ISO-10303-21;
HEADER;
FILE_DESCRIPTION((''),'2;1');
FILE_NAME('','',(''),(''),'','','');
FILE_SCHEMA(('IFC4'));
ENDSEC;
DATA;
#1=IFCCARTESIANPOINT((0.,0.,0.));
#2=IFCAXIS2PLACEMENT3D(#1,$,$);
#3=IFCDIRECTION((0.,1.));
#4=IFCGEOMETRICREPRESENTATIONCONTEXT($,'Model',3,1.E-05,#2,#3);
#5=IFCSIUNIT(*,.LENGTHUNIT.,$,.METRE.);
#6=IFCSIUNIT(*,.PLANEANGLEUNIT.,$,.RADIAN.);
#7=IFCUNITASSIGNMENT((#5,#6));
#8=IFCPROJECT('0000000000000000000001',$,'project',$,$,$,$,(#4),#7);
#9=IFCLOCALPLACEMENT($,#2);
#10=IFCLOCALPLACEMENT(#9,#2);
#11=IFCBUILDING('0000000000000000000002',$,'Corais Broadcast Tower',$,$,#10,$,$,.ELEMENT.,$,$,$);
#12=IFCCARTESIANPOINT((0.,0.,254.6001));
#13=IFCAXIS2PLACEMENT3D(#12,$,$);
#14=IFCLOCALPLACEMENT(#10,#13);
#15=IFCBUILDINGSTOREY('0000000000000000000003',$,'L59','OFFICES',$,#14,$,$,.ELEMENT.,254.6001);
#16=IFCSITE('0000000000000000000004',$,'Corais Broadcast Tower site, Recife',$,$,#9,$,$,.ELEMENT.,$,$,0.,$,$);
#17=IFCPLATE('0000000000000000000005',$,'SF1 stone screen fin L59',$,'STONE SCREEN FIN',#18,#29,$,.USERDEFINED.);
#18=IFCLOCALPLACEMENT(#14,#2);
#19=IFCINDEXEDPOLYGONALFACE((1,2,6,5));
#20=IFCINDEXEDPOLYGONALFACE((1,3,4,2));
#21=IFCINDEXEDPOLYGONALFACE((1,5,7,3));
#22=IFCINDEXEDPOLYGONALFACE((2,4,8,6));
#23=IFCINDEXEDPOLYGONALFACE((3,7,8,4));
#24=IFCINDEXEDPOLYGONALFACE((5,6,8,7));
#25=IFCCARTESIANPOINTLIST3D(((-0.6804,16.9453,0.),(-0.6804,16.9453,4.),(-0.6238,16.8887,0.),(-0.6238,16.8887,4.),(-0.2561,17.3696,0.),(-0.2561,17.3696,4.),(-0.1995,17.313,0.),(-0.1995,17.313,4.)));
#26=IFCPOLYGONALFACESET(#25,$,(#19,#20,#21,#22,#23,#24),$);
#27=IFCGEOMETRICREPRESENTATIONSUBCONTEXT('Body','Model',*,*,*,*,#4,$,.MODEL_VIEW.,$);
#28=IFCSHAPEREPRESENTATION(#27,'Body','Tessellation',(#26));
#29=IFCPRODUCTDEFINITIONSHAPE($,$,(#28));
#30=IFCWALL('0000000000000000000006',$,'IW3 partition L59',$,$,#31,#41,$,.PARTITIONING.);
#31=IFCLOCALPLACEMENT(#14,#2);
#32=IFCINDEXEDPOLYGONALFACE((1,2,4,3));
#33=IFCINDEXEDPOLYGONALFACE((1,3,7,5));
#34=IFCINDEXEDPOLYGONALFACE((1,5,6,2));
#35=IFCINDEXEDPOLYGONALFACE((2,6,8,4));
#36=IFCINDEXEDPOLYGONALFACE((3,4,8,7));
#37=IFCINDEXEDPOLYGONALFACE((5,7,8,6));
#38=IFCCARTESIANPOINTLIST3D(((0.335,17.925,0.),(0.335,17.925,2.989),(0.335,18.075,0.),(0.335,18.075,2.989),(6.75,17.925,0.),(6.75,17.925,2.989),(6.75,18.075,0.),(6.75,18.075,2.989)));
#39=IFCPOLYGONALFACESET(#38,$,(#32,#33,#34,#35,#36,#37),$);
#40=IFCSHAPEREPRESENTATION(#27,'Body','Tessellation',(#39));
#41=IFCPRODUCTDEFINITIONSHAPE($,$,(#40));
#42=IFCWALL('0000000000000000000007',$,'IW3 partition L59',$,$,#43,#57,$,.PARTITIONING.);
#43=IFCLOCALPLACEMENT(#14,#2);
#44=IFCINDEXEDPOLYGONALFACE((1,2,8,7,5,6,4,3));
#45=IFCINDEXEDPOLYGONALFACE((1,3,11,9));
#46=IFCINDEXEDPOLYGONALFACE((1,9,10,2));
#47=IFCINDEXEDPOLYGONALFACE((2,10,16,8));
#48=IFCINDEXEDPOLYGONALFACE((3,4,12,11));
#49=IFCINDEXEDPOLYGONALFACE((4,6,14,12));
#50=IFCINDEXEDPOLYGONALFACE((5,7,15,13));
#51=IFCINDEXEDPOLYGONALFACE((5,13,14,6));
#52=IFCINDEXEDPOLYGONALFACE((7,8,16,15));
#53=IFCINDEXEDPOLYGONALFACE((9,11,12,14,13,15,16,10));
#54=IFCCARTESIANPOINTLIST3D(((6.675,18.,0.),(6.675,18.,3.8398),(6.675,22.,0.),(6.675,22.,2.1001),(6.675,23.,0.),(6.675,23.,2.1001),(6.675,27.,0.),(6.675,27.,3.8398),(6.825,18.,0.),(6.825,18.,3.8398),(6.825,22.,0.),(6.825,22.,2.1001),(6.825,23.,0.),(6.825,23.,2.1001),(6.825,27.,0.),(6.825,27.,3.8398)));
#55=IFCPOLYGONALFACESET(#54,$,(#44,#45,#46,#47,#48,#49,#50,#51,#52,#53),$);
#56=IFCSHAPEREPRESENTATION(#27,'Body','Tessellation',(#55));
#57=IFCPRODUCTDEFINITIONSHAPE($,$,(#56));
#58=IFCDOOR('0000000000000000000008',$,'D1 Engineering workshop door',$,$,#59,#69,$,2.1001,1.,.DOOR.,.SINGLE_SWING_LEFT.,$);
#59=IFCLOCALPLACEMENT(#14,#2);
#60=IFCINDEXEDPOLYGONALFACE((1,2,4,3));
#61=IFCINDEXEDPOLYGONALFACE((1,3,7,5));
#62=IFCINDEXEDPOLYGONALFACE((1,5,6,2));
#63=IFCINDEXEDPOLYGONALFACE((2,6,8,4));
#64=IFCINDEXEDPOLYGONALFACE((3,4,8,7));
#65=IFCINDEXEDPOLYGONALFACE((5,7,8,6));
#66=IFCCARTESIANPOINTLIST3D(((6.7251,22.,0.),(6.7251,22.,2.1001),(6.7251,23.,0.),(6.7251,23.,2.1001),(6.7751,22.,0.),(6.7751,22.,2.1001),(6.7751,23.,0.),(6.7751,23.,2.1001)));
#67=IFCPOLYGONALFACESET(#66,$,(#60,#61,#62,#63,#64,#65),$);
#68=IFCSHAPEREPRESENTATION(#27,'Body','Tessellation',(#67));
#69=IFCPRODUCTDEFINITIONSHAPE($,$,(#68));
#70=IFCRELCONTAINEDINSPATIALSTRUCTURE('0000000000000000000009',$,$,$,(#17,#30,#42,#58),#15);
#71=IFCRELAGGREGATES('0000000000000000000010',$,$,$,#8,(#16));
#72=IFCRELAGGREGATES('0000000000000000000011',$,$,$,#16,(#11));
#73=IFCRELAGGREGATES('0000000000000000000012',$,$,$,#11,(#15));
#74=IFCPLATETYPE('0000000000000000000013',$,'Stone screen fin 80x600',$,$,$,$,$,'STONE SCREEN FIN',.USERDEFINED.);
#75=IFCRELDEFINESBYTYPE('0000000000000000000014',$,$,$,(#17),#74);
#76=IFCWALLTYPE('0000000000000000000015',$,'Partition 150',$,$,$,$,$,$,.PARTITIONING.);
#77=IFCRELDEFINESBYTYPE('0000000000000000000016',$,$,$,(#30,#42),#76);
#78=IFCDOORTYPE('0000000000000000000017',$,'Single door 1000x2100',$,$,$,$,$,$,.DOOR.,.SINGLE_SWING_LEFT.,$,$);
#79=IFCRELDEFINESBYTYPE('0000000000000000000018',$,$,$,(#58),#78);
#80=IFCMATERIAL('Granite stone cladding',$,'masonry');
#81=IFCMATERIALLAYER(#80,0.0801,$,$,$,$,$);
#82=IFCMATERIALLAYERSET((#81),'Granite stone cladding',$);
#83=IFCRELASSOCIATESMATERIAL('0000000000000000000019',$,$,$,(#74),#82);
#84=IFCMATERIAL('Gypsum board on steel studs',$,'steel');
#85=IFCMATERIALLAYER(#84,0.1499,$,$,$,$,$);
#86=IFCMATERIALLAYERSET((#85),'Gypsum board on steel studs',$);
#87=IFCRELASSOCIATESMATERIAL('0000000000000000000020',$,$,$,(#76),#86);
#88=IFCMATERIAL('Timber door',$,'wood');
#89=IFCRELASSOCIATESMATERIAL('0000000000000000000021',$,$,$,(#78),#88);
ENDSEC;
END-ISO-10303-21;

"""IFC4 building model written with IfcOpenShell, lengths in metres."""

from ifc_helpers import new_model, si_unit, direction, frame, frame_2d, origin, origin_2d, place, context, subcontext, project, spatial, rectangle, extrude, material, layer, layer_set, type_object, element, fill, save


model = new_model("IFC4")

# Units and contexts
model_context = context("Model", 3, precision=1e-05, world=origin(), true_north=direction((0.0, 1.0)))
body_context = subcontext(model_context, "Body", "Model", "MODEL_VIEW")
ifc_project = project(units=[si_unit("LENGTHUNIT", "METRE"), si_unit("PLANEANGLEUNIT", "RADIAN")], contexts=[model_context])

# Site, building, storey
site_placement = place(None, origin())
site = spatial("IfcSite", under=ifc_project, at=site_placement, Name="Corais Broadcast Tower site, Recife", CompositionType="ELEMENT", RefElevation=0.0)
building_placement = place(site_placement, origin())
building = spatial("IfcBuilding", under=site, at=building_placement, Name="Corais Broadcast Tower", CompositionType="ELEMENT")
storey_placement = place(building_placement, frame((0.0, 0.0, 254.6001)))
storey = spatial("IfcBuildingStorey", under=building, at=storey_placement, Name="L59", Description="OFFICES", CompositionType="ELEMENT", Elevation=254.6001)

# Plate
ifc_material_1 = material(Name="Granite stone cladding", Category="masonry")
ifc_layer_1 = layer(ifc_material_1, 0.0801)
ifc_layer_set_1 = layer_set([ifc_layer_1], Name="Granite stone cladding")
plate_type_1 = type_object("IfcPlateType", Name="Stone screen fin 80x600", ElementType="STONE SCREEN FIN", PredefinedType="USERDEFINED", material=ifc_layer_set_1)
plate_1_placement = place(storey_placement, frame((-0.4399, 17.1292, 0.0), z_axis=(0.0, 0.0, 1.0), x_axis=(-0.707107, 0.707107, 0.0)))
element("IfcPlate", 1, at=plate_1_placement, inside=storey, type_object=plate_type_1, Name="SF1 stone screen fin L59", ObjectType="STONE SCREEN FIN", PredefinedType="USERDEFINED", context=body_context, shape_type="SweptSolid", body=[
    extrude(rectangle(XDim=0.0801, YDim=0.6001, at=origin_2d()), origin(), (0.0, 0.0, 1.0), 4.0),
])

# Wall
ifc_material_2 = material(Name="Gypsum board on steel studs", Category="steel")
ifc_layer_2 = layer(ifc_material_2, 0.1499)
ifc_layer_set_2 = layer_set([ifc_layer_2], Name="Gypsum board on steel studs")
wall_type = type_object("IfcWallType", Name="Partition 150", PredefinedType="PARTITIONING", material=ifc_layer_set_2)
wall_1_placement = place(storey_placement, frame((0.335, 18.0, 0.0), z_axis=(0.0, 0.0, 1.0), x_axis=(1.0, 0.0, 0.0)))
element("IfcWall", 2, at=wall_1_placement, inside=storey, type_object=wall_type, Name="IW3 partition L59", PredefinedType="PARTITIONING", context=body_context, shape_type="SweptSolid", body=[
    extrude(rectangle(XDim=6.415, YDim=0.1499, at=frame_2d((3.2075, 0.0))), origin(), (0.0, 0.0, 1.0), 2.989),
])

# Wall, opening, door
wall_2_placement = place(storey_placement, frame((6.75, 18.0, 0.0), z_axis=(0.0, 0.0, 1.0), x_axis=(0.0, 1.0, 0.0)))
wall_2 = element("IfcWall", 3, at=wall_2_placement, inside=storey, type_object=wall_type, Name="IW3 partition L59", PredefinedType="PARTITIONING", context=body_context, shape_type="SweptSolid", body=[
    extrude(rectangle(XDim=9.0, YDim=0.1499, at=frame_2d((4.5, 0.0))), origin(), (0.0, 0.0, 1.0), 3.8398),
])
opening_placement = place(wall_2_placement, frame((4.0, 0.0, 0.0)))
opening = element("IfcOpeningElement", 4, at=opening_placement, cuts=wall_2, PredefinedType="OPENING", context=body_context, shape_type="SweptSolid", body=[
    extrude(rectangle(XDim=1.0, YDim=2.1001, at=frame_2d((0.5, 1.05))), frame((0.0, 0.085, 0.0), z_axis=(0.0, -1.0, 0.0), x_axis=(1.0, 0.0, 0.0)), (0.0, 0.0, 1.0), 0.1699),
])
ifc_material_3 = material(Name="Timber door", Category="wood")
door_type = type_object("IfcDoorType", Name="Single door 1000x2100", OperationType="SINGLE_SWING_LEFT", PredefinedType="DOOR", material=ifc_material_3)
door_placement = place(opening_placement, origin())
door = element("IfcDoor", 5, at=door_placement, inside=storey, type_object=door_type, Name="D1 Engineering workshop door", OperationType="SINGLE_SWING_LEFT", OverallHeight=2.1001, OverallWidth=1.0, PredefinedType="DOOR", context=body_context, shape_type="SweptSolid", body=[
    extrude(rectangle(XDim=1.0, YDim=2.1001, at=frame_2d((0.5, 1.05))), frame((0.0, 0.0249, 0.0), z_axis=(0.0, -1.0, 0.0), x_axis=(1.0, 0.0, 0.0)), (0.0, 0.0, 1.0), 0.05),
])
fill(opening, door)

save(model, "model.ifc")
